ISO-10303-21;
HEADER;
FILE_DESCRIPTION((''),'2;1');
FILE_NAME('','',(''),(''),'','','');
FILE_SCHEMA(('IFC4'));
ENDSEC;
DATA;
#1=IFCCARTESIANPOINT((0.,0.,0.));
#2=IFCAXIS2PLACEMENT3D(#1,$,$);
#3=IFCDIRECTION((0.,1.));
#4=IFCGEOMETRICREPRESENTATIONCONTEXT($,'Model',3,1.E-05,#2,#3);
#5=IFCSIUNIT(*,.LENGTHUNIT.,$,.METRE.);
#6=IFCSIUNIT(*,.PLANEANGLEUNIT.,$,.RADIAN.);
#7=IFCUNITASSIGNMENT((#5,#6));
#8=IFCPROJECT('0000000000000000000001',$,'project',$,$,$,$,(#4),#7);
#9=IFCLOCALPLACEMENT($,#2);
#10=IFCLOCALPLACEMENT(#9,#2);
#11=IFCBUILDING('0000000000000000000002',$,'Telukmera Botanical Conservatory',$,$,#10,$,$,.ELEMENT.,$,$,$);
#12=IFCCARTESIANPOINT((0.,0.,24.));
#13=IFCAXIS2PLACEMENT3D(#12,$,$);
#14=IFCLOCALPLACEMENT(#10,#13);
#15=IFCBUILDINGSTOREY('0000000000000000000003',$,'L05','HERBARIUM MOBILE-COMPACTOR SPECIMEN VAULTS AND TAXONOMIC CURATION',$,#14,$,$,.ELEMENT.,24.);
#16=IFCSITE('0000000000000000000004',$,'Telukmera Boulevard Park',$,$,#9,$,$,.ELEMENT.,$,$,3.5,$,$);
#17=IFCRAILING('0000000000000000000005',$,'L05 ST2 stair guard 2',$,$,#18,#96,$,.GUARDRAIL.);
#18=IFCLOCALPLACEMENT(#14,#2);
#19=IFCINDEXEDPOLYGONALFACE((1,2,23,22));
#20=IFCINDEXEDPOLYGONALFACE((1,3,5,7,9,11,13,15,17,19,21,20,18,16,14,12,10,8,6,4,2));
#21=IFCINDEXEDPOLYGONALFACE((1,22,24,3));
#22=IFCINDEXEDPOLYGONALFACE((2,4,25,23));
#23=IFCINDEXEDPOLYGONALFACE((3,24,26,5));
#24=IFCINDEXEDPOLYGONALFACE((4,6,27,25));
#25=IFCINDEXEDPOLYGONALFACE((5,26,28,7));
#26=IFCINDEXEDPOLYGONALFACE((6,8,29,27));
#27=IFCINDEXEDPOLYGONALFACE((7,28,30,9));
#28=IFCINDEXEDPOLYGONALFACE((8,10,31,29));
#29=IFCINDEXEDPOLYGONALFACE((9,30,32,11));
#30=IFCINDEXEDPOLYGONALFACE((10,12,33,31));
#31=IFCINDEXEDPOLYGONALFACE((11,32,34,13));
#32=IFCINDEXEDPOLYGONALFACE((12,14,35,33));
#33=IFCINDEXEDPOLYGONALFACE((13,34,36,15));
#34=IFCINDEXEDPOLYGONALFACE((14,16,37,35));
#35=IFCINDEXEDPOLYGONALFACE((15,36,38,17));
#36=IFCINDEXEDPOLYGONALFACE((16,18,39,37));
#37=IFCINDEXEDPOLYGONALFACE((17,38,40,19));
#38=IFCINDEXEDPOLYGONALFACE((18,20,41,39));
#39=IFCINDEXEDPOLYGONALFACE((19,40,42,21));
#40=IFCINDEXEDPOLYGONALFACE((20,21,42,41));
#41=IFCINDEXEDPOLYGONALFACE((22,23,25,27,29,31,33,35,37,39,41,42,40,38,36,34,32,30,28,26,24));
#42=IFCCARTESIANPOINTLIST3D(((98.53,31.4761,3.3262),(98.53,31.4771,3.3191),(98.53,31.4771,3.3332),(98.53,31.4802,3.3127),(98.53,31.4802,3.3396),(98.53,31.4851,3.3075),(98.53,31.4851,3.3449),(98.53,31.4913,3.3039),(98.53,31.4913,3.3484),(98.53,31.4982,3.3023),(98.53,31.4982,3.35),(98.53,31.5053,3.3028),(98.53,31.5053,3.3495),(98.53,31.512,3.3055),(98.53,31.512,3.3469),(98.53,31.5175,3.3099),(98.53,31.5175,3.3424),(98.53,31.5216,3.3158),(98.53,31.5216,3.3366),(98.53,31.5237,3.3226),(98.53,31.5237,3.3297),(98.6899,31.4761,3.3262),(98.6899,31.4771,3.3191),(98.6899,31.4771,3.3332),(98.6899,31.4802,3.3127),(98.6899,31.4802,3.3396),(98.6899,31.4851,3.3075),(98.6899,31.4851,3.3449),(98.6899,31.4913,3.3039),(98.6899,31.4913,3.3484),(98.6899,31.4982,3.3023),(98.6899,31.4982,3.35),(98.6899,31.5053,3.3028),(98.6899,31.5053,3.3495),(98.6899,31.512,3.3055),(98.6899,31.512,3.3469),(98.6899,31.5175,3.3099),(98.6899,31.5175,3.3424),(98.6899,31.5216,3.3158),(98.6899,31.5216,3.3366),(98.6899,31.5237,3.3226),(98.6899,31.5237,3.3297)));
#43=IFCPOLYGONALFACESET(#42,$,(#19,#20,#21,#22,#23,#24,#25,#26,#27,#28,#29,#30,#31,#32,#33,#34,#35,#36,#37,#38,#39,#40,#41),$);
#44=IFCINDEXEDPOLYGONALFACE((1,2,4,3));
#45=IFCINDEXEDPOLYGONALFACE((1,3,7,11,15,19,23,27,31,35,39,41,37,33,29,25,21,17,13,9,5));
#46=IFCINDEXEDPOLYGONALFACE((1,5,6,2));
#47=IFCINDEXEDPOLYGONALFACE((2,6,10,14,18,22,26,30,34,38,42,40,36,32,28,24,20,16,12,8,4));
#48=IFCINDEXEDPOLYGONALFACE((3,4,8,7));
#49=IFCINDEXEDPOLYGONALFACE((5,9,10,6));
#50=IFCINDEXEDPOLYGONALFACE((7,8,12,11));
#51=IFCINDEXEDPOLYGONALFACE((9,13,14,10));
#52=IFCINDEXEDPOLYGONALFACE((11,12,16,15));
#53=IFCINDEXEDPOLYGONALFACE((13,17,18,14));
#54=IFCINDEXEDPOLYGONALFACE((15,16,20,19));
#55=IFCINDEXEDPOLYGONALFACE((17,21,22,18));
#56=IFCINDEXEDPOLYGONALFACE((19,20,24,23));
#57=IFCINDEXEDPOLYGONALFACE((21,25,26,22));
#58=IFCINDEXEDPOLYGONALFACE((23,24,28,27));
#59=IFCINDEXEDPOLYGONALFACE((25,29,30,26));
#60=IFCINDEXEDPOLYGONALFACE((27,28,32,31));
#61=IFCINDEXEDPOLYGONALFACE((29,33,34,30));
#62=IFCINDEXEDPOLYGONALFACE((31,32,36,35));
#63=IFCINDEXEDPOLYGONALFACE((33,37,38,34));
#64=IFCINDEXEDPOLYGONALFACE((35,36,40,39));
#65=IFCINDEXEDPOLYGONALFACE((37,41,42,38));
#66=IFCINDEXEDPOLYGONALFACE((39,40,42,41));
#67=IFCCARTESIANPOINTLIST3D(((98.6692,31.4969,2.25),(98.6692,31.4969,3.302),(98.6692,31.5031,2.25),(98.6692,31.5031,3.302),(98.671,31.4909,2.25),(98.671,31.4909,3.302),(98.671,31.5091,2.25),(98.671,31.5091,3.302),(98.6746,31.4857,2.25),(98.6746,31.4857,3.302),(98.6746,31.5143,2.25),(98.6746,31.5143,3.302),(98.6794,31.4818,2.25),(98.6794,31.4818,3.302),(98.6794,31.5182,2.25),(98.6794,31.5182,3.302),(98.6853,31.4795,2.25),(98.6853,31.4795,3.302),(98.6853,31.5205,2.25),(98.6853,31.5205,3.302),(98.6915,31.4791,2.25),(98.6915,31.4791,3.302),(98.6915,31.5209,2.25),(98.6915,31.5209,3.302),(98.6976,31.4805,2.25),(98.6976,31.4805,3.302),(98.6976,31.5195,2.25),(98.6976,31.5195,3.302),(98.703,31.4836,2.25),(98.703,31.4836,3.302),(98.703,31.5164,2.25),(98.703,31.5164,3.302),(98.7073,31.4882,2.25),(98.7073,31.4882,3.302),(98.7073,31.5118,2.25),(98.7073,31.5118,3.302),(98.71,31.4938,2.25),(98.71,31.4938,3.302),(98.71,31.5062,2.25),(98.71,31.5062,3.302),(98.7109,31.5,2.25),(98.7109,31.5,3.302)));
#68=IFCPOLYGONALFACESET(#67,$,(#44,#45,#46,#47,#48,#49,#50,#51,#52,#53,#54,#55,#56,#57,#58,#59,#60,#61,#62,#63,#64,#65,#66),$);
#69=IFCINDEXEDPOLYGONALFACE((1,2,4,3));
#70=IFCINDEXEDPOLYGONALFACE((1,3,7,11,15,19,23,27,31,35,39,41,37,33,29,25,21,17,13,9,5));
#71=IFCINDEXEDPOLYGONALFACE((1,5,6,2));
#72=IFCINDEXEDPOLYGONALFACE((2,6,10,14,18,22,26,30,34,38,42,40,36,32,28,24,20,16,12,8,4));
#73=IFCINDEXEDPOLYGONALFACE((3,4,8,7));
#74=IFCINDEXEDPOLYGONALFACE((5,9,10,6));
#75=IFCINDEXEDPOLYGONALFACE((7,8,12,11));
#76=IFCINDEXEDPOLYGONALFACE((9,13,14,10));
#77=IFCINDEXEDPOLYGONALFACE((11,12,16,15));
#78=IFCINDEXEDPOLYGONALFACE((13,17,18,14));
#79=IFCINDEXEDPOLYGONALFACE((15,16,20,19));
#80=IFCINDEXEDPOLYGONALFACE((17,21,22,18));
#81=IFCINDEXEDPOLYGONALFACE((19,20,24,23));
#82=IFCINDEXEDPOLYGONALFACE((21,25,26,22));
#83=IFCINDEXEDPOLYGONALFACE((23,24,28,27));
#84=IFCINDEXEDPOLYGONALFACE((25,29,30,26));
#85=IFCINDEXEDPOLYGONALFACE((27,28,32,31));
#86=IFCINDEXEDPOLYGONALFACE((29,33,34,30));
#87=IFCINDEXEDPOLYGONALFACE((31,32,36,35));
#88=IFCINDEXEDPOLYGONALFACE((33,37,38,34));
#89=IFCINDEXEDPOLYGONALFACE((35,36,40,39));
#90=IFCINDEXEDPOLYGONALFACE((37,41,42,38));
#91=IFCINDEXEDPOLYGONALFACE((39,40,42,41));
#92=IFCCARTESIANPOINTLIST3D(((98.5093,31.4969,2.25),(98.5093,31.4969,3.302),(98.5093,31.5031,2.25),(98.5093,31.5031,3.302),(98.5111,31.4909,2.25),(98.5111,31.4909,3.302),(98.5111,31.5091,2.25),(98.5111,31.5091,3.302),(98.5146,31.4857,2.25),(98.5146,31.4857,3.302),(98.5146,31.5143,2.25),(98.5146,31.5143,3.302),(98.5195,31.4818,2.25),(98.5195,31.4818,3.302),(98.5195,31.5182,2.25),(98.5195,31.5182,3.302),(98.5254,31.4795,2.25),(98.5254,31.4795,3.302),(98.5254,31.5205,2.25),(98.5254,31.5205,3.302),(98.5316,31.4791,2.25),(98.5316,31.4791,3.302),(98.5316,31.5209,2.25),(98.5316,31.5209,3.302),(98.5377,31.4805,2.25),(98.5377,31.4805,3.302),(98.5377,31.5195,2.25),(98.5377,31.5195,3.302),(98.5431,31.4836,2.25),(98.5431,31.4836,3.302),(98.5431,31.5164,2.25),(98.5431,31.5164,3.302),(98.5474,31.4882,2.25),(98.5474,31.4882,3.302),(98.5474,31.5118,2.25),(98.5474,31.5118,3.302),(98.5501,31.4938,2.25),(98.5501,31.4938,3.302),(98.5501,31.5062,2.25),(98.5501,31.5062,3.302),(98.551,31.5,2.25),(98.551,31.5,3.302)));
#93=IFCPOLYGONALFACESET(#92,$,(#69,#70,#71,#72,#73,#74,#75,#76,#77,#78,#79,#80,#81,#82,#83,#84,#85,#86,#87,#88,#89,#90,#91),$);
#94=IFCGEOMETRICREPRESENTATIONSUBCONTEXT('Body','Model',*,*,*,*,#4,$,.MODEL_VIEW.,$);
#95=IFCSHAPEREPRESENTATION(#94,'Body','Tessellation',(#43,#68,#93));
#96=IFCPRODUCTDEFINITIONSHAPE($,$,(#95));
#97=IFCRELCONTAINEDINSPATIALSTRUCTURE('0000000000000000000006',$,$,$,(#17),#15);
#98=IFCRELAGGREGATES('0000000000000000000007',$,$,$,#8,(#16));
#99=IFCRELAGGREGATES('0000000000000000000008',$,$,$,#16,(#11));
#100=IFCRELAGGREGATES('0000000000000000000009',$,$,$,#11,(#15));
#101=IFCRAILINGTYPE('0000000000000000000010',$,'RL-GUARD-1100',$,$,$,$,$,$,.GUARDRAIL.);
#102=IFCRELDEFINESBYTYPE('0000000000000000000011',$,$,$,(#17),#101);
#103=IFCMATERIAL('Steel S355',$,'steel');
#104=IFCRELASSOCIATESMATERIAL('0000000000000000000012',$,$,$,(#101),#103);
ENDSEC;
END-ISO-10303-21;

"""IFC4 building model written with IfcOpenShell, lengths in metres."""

from ifc_helpers import new_model, si_unit, direction, frame, origin, origin_2d, place, context, subcontext, project, spatial, circle, extrude, material, type_object, element, save


model = new_model("IFC4")

# Units and contexts
model_context = context("Model", 3, precision=1e-05, world=origin(), true_north=direction((0.0, 1.0)))
body_context = subcontext(model_context, "Body", "Model", "MODEL_VIEW")
ifc_project = project(units=[si_unit("LENGTHUNIT", "METRE"), si_unit("PLANEANGLEUNIT", "RADIAN")], contexts=[model_context])

# Site, building, storey
site_placement = place(None, origin())
site = spatial("IfcSite", under=ifc_project, at=site_placement, Name="Telukmera Boulevard Park", CompositionType="ELEMENT", RefElevation=3.5)
building_placement = place(site_placement, origin())
building = spatial("IfcBuilding", under=site, at=building_placement, Name="Telukmera Botanical Conservatory", CompositionType="ELEMENT")
storey_placement = place(building_placement, frame((0.0, 0.0, 24.0)))
storey = spatial("IfcBuildingStorey", under=building, at=storey_placement, Name="L05", Description="HERBARIUM MOBILE-COMPACTOR SPECIMEN VAULTS AND TAXONOMIC CURATION", CompositionType="ELEMENT", Elevation=24.0)

# Railing
ifc_material_1 = material(Name="Steel S355", Category="steel")
railing_type_1 = type_object("IfcRailingType", Name="RL-GUARD-1100", PredefinedType="GUARDRAIL", material=ifc_material_1)
railing_1_placement = place(storey_placement, frame((98.6899, 31.5, 2.25)))
element("IfcRailing", 1, at=railing_1_placement, inside=storey, type_object=railing_type_1, Name="L05 ST2 stair guard 2", PredefinedType="GUARDRAIL", context=body_context, shape_type="SweptSolid", body=[
    extrude(circle(Radius=0.0239, at=origin_2d()), frame((0.0, 0.0, 1.0762), z_axis=(-1.0, 0.0, 0.0), x_axis=(0.0, -1.0, 0.0)), (0.0, 0.0, 1.0), 0.1599),
    extrude(circle(Radius=0.021, at=origin_2d()), origin(), (0.0, 0.0, 1.0), 1.052),
    extrude(circle(Radius=0.021, at=origin_2d()), frame((-0.1599, 0.0, 0.0)), (0.0, 0.0, 1.0), 1.052),
])

save(model, "model.ifc")
